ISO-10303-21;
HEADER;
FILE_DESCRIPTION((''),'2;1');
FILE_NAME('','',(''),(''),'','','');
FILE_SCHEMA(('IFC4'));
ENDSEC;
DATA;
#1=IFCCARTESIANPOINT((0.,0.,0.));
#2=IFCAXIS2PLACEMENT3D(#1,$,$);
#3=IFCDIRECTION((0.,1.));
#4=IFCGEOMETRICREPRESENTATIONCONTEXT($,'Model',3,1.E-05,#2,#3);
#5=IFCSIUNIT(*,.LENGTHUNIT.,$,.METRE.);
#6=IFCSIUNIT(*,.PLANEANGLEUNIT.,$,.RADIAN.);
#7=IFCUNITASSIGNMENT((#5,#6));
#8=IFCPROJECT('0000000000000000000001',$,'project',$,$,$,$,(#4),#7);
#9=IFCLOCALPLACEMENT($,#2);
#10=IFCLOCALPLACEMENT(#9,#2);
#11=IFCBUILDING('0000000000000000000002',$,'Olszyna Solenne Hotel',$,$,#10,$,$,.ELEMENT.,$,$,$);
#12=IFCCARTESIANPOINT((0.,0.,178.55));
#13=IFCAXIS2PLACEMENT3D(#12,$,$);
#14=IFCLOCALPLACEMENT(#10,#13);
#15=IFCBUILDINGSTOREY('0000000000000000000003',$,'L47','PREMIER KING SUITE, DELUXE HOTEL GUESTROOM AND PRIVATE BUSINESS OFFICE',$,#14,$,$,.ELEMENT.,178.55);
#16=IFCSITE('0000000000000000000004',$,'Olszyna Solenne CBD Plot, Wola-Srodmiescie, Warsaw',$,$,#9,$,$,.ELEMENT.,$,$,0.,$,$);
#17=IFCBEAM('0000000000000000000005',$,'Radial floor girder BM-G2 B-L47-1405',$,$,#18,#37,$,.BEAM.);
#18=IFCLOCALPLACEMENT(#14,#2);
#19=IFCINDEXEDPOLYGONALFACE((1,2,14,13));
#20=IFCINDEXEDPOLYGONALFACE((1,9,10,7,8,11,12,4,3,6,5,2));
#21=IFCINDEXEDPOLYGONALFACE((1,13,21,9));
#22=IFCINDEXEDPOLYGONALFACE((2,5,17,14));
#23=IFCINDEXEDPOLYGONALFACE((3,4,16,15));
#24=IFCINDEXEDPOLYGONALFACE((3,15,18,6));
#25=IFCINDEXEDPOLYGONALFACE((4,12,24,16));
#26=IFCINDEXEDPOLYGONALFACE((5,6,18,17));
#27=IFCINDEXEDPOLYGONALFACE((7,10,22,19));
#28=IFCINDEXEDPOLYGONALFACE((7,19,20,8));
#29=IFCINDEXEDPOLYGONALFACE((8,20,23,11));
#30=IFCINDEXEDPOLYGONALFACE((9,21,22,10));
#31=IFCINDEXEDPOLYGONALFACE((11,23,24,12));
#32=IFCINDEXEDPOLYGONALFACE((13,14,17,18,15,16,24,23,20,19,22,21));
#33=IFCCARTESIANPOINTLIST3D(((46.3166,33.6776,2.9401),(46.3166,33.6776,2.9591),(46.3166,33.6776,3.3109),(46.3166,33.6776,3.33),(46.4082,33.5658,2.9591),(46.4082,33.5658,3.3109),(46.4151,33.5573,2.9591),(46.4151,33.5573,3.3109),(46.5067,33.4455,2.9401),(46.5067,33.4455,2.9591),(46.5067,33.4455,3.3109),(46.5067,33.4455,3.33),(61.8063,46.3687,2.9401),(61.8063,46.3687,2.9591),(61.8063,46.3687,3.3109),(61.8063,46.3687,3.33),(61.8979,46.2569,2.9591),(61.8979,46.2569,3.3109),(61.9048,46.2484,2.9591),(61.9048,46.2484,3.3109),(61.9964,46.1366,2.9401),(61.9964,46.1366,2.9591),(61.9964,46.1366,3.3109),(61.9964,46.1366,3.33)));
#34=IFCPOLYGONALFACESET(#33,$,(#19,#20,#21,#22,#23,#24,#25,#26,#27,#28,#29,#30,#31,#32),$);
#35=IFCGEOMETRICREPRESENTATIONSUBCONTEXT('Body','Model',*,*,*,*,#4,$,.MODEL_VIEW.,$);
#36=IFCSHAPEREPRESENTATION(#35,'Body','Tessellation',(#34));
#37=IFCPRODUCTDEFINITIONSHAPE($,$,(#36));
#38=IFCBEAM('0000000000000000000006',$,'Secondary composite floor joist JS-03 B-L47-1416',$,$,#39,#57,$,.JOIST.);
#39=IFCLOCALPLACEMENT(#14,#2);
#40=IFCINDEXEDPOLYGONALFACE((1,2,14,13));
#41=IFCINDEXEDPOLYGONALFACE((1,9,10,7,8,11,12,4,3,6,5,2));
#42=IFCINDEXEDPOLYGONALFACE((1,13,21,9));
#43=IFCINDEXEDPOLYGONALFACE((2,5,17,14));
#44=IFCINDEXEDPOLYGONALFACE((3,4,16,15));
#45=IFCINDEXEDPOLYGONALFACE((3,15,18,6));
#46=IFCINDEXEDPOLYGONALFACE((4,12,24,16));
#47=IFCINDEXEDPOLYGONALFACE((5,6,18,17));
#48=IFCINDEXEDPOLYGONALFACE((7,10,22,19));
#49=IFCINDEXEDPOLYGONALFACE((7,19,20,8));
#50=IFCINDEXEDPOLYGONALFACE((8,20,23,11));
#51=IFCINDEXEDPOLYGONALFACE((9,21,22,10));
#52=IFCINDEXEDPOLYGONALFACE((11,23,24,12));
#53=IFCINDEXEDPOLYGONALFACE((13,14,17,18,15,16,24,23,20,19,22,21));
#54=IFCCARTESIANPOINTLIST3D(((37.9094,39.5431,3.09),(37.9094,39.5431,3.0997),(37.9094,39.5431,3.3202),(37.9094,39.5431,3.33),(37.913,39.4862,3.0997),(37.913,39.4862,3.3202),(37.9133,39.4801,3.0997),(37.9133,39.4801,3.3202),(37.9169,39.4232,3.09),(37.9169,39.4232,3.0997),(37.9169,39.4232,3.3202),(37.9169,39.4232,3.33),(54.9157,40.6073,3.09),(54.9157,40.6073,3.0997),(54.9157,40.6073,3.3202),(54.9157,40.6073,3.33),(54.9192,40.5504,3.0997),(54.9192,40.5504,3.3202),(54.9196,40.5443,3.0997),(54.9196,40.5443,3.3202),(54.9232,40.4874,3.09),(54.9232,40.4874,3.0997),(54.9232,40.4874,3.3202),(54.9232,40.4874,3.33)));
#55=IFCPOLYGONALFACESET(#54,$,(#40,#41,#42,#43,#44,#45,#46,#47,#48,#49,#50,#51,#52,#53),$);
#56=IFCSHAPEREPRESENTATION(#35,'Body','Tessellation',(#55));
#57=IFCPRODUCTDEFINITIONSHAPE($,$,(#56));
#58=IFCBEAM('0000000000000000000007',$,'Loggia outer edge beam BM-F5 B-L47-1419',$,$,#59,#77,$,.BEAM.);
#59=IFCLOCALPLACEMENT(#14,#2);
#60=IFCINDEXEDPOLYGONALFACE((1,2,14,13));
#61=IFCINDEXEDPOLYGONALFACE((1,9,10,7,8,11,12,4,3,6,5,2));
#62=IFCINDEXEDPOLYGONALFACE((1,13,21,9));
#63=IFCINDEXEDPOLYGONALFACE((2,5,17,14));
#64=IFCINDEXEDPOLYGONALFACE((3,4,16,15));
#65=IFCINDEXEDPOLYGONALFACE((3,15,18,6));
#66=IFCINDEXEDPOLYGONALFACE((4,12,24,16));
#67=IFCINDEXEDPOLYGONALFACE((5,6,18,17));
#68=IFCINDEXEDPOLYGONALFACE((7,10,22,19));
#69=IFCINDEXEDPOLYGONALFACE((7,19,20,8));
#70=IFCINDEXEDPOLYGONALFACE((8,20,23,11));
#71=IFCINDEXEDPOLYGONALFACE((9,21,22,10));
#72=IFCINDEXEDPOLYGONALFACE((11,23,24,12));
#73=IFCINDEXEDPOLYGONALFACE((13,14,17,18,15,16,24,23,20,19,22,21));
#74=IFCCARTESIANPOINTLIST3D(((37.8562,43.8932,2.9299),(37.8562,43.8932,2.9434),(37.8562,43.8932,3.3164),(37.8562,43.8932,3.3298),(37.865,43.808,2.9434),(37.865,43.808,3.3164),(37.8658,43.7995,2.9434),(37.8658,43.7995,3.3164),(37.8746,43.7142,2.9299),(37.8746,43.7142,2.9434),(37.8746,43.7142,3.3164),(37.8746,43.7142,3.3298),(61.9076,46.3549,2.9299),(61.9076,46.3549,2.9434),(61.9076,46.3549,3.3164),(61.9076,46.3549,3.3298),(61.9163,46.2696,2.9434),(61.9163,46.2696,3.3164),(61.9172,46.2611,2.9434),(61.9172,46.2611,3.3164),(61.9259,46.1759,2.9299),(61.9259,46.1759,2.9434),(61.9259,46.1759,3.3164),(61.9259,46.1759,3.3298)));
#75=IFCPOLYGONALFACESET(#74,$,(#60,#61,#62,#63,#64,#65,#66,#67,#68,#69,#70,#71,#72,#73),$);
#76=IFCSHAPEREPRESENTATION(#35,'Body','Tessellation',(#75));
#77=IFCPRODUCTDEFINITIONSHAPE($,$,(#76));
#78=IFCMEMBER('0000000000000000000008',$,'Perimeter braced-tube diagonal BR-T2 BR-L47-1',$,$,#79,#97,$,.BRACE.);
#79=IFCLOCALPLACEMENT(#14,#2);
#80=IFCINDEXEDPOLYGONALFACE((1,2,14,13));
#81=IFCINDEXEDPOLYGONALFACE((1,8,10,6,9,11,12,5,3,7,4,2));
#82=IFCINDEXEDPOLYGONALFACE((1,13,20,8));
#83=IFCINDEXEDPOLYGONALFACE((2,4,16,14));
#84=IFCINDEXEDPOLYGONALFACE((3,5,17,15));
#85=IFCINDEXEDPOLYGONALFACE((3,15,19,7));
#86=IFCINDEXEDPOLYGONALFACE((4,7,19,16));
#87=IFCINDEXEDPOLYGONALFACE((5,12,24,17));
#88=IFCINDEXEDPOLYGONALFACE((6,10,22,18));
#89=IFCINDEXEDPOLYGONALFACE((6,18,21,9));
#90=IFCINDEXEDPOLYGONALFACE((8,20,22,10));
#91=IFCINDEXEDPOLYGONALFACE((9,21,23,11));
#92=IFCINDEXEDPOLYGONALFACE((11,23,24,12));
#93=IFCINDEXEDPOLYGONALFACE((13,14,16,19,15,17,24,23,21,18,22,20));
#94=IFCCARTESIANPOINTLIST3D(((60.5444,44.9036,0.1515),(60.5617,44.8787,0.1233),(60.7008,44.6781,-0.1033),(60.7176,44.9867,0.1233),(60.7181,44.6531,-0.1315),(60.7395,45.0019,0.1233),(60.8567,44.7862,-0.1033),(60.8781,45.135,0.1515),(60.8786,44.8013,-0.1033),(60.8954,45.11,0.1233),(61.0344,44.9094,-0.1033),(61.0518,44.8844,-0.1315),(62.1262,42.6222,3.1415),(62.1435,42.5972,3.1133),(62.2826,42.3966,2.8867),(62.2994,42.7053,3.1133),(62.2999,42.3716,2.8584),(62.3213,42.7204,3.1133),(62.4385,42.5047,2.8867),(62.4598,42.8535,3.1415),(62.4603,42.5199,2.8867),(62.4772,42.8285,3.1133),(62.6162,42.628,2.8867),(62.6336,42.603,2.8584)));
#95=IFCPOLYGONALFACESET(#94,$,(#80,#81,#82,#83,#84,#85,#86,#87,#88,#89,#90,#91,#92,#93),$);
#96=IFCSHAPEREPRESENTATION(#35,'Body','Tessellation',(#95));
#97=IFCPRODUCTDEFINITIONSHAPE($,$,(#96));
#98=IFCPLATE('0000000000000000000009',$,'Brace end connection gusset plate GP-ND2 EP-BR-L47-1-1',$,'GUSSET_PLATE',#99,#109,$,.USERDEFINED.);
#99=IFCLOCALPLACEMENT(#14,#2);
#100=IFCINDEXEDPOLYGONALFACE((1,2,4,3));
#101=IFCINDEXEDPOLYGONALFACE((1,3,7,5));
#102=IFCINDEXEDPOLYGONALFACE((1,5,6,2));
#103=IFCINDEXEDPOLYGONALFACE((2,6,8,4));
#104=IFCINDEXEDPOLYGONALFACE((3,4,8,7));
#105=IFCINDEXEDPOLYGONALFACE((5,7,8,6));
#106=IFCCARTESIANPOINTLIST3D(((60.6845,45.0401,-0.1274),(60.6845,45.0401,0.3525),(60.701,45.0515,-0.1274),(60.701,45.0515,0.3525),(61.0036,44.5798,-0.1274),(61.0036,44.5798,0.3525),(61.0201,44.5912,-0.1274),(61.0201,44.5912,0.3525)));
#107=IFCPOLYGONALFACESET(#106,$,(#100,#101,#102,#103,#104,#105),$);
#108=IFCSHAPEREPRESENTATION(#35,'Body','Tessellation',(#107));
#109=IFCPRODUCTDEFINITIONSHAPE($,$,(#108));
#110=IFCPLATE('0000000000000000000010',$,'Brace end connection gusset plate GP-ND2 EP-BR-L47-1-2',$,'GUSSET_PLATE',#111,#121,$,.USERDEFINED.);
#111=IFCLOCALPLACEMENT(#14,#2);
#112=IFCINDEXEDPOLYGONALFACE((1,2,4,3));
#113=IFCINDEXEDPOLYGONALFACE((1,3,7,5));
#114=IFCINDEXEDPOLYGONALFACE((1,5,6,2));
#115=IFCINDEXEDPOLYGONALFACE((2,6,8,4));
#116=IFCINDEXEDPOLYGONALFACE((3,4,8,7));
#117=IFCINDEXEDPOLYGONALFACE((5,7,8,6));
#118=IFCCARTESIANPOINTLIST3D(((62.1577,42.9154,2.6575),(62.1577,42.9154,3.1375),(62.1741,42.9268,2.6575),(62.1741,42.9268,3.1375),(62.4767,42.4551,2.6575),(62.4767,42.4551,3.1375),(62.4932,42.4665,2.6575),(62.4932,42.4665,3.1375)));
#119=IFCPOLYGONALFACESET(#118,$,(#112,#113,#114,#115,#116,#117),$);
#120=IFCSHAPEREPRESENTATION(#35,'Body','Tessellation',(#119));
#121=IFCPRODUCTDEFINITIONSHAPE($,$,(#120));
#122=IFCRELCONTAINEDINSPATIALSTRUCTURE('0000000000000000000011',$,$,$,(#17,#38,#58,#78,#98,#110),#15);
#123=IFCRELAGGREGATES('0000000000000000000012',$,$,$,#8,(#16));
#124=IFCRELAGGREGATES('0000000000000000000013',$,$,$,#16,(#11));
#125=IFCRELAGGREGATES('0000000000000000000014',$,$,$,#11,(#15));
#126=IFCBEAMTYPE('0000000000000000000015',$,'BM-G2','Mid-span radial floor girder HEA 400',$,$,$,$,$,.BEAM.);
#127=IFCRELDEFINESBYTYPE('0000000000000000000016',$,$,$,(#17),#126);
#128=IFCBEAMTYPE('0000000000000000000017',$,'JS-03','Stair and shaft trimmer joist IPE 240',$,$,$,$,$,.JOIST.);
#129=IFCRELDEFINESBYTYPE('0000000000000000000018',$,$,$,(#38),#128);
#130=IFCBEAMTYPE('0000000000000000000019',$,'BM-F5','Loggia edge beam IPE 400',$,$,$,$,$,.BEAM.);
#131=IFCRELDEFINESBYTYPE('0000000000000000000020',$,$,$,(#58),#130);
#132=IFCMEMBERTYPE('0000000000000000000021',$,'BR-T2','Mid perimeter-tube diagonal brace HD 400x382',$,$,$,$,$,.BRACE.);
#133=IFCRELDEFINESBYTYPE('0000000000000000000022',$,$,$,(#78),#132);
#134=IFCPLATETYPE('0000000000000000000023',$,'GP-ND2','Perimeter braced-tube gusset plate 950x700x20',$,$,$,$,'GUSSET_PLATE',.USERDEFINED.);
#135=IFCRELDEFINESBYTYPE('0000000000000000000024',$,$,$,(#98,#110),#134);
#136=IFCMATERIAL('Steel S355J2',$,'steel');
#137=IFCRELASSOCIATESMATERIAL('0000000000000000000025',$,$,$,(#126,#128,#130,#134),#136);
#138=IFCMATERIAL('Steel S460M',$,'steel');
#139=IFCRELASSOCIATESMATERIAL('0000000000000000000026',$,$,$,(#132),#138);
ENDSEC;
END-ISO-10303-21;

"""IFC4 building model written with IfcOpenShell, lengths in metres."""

from ifc_helpers import new_model, si_unit, direction, frame, origin, origin_2d, place, context, subcontext, project, spatial, rectangle, i_section, extrude, source, transform, mapped, material, material_profile, profile_set, type_object, element, save


model = new_model("IFC4")

# Units and contexts
model_context = context("Model", 3, precision=1e-05, world=origin(), true_north=direction((0.0, 1.0)))
body_context = subcontext(model_context, "Body", "Model", "MODEL_VIEW")
ifc_project = project(units=[si_unit("LENGTHUNIT", "METRE"), si_unit("PLANEANGLEUNIT", "RADIAN")], contexts=[model_context])

# Site, building, storey
site_placement = place(None, origin())
site = spatial("IfcSite", under=ifc_project, at=site_placement, Name="Olszyna Solenne CBD Plot, Wola-Srodmiescie, Warsaw", CompositionType="ELEMENT", RefElevation=0.0)
building_placement = place(site_placement, origin())
building = spatial("IfcBuilding", under=site, at=building_placement, Name="Olszyna Solenne Hotel", CompositionType="ELEMENT")
storey_placement = place(building_placement, frame((0.0, 0.0, 178.55)))
storey = spatial("IfcBuildingStorey", under=building, at=storey_placement, Name="L47", Description="PREMIER KING SUITE, DELUXE HOTEL GUESTROOM AND PRIVATE BUSINESS OFFICE", CompositionType="ELEMENT", Elevation=178.55)

# Shared definitions
ifc_material_1 = material(Name="Steel S460M", Category="steel")

# Beams
ifc_material_2 = material(Name="Steel S355J2", Category="steel")
ifc_material_profile_1 = material_profile(ifc_material_2, i_section(OverallWidth=0.3, OverallDepth=0.3899, WebThickness=0.011, FlangeThickness=0.019, at=origin_2d()), Name="HEA 400", Category="load-bearing")
ifc_profile_set_1 = profile_set([ifc_material_profile_1], Name="Steel S355J2")
beam_type_1 = type_object("IfcBeamType", Name="BM-G2", Description="Mid-span radial floor girder HEA 400", PredefinedType="BEAM", material=ifc_profile_set_1)
shared_shape_1 = source(origin(), body_context, "Body", "SweptSolid", [
    extrude(i_section(OverallWidth=0.3, OverallDepth=0.3899, WebThickness=0.011, FlangeThickness=0.019, at=origin_2d()), origin(), (0.0, 0.0, 1.0), 20.0249),
])
beam_1_placement = place(storey_placement, frame((61.9014, 46.2527, 3.135), z_axis=(-0.773523, -0.633768, 0.0), x_axis=(0.633768, -0.773523, 0.0)))
element("IfcBeam", 1, at=beam_1_placement, inside=storey, type_object=beam_type_1, Name="Radial floor girder BM-G2 B-L47-1405", PredefinedType="BEAM", context=body_context, shape_type="MappedRepresentation", body=[
    mapped(shared_shape_1, transform((0.0, 0.0, 0.0), x_axis=(1.0, 0.0, 0.0), y_axis=(0.0, 1.0, 0.0), z_axis=(0.0, 0.0, 1.0), scale=1.0)),
])
ifc_material_profile_2 = material_profile(ifc_material_2, i_section(OverallWidth=0.1201, OverallDepth=0.24, WebThickness=0.0061, FlangeThickness=0.0098, at=origin_2d()), Name="IPE 240", Category="load-bearing")
ifc_profile_set_2 = profile_set([ifc_material_profile_2], Name="Steel S355J2")
beam_type_2 = type_object("IfcBeamType", Name="JS-03", Description="Stair and shaft trimmer joist IPE 240", PredefinedType="JOIST", material=ifc_profile_set_2)
shared_shape_2 = source(origin(), body_context, "Body", "SweptSolid", [
    extrude(i_section(OverallWidth=0.1201, OverallDepth=0.24, WebThickness=0.0061, FlangeThickness=0.0098, at=origin_2d()), origin(), (0.0, 0.0, 1.0), 17.0396),
])
beam_2_placement = place(storey_placement, frame((54.9194, 40.5474, 3.21), z_axis=(-0.998048, -0.062455, 0.0), x_axis=(0.062455, -0.998048, 0.0)))
element("IfcBeam", 2, at=beam_2_placement, inside=storey, type_object=beam_type_2, Name="Secondary composite floor joist JS-03 B-L47-1416", PredefinedType="JOIST", context=body_context, shape_type="MappedRepresentation", body=[
    mapped(shared_shape_2, transform((0.0, 0.0, 0.0), x_axis=(1.0, 0.0, 0.0), y_axis=(0.0, 1.0, 0.0), z_axis=(0.0, 0.0, 1.0), scale=1.0)),
])
ifc_material_profile_3 = material_profile(ifc_material_2, i_section(OverallWidth=0.1799, OverallDepth=0.3999, WebThickness=0.0085, FlangeThickness=0.0134, at=origin_2d()), Name="IPE 400", Category="load-bearing")
ifc_profile_set_3 = profile_set([ifc_material_profile_3], Name="Steel S355J2")
beam_type_3 = type_object("IfcBeamType", Name="BM-F5", Description="Loggia edge beam IPE 400", PredefinedType="BEAM", material=ifc_profile_set_3)
shared_shape_3 = source(origin(), body_context, "Body", "SweptSolid", [
    extrude(i_section(OverallWidth=0.1799, OverallDepth=0.3999, WebThickness=0.0085, FlangeThickness=0.0134, at=origin_2d()), origin(), (0.0, 0.0, 1.0), 24.177),
])
beam_3_placement = place(storey_placement, frame((61.9167, 46.2654, 3.1299), z_axis=(-0.994803, -0.101819, 0.0), x_axis=(0.101819, -0.994803, 0.0)))
element("IfcBeam", 3, at=beam_3_placement, inside=storey, type_object=beam_type_3, Name="Loggia outer edge beam BM-F5 B-L47-1419", PredefinedType="BEAM", context=body_context, shape_type="MappedRepresentation", body=[
    mapped(shared_shape_3, transform((0.0, 0.0, 0.0), x_axis=(1.0, 0.0, 0.0), y_axis=(0.0, 1.0, 0.0), z_axis=(0.0, 0.0, 1.0), scale=1.0)),
])

# Member
ifc_material_profile_4 = material_profile(ifc_material_1, i_section(OverallWidth=0.406, OverallDepth=0.416, WebThickness=0.0266, FlangeThickness=0.0415, at=origin_2d()), Name="HD 400x382", Category="load-bearing")
ifc_profile_set_4 = profile_set([ifc_material_profile_4], Name="Steel S460M")
member_type = type_object("IfcMemberType", Name="BR-T2", Description="Mid perimeter-tube diagonal brace HD 400x382", PredefinedType="BRACE", material=ifc_profile_set_4)
shared_shape_4 = source(origin(), body_context, "Body", "SweptSolid", [
    extrude(i_section(OverallWidth=0.406, OverallDepth=0.416, WebThickness=0.0266, FlangeThickness=0.0415, at=origin_2d()), origin(), (0.0, 0.0, 1.0), 4.0801),
])
member_placement = place(storey_placement, frame((60.7981, 44.894, 0.01), z_axis=(0.387682, -0.559174, 0.732821), x_axis=(0.821806, 0.569768, 0.0)))
element("IfcMember", 4, at=member_placement, inside=storey, type_object=member_type, Name="Perimeter braced-tube diagonal BR-T2 BR-L47-1", PredefinedType="BRACE", context=body_context, shape_type="MappedRepresentation", body=[
    mapped(shared_shape_4, transform((0.0, 0.0, 0.0), x_axis=(1.0, 0.0, 0.0), y_axis=(0.0, 1.0, 0.0), z_axis=(0.0, 0.0, 1.0), scale=1.0)),
])

# Plates
plate_type = type_object("IfcPlateType", Name="GP-ND2", Description="Perimeter braced-tube gusset plate 950x700x20", ElementType="GUSSET_PLATE", PredefinedType="USERDEFINED", material=ifc_material_2)
shared_shape_5 = source(origin(), body_context, "Body", "SweptSolid", [
    extrude(rectangle(XDim=0.5601, YDim=0.02, at=origin_2d()), origin(), (0.0, 0.0, 1.0), 0.48),
])
for number, where, z_axis, x_axis, name in (
    (5, (60.8523, 44.8157, -0.1274), (0.0, 0.0, 1.0), (0.56971, -0.821846, 0.0), "Brace end connection gusset plate GP-ND2 EP-BR-L47-1-1"),
    (6, (62.3254, 42.6909, 2.6575), (0.0, 0.0, 1.0), (0.56971, -0.821846, 0.0), "Brace end connection gusset plate GP-ND2 EP-BR-L47-1-2"),
):
    element("IfcPlate", number, at=place(storey_placement, frame(where, z_axis=z_axis, x_axis=x_axis)), inside=storey, type_object=plate_type, Name=name, ObjectType="GUSSET_PLATE", PredefinedType="USERDEFINED", context=body_context, shape_type="MappedRepresentation", body=[
        mapped(shared_shape_5, transform((0.0, 0.0, 0.0), x_axis=(1.0, 0.0, 0.0), y_axis=(0.0, 1.0, 0.0), z_axis=(0.0, 0.0, 1.0), scale=1.0)),
    ])

save(model, "model.ifc")
